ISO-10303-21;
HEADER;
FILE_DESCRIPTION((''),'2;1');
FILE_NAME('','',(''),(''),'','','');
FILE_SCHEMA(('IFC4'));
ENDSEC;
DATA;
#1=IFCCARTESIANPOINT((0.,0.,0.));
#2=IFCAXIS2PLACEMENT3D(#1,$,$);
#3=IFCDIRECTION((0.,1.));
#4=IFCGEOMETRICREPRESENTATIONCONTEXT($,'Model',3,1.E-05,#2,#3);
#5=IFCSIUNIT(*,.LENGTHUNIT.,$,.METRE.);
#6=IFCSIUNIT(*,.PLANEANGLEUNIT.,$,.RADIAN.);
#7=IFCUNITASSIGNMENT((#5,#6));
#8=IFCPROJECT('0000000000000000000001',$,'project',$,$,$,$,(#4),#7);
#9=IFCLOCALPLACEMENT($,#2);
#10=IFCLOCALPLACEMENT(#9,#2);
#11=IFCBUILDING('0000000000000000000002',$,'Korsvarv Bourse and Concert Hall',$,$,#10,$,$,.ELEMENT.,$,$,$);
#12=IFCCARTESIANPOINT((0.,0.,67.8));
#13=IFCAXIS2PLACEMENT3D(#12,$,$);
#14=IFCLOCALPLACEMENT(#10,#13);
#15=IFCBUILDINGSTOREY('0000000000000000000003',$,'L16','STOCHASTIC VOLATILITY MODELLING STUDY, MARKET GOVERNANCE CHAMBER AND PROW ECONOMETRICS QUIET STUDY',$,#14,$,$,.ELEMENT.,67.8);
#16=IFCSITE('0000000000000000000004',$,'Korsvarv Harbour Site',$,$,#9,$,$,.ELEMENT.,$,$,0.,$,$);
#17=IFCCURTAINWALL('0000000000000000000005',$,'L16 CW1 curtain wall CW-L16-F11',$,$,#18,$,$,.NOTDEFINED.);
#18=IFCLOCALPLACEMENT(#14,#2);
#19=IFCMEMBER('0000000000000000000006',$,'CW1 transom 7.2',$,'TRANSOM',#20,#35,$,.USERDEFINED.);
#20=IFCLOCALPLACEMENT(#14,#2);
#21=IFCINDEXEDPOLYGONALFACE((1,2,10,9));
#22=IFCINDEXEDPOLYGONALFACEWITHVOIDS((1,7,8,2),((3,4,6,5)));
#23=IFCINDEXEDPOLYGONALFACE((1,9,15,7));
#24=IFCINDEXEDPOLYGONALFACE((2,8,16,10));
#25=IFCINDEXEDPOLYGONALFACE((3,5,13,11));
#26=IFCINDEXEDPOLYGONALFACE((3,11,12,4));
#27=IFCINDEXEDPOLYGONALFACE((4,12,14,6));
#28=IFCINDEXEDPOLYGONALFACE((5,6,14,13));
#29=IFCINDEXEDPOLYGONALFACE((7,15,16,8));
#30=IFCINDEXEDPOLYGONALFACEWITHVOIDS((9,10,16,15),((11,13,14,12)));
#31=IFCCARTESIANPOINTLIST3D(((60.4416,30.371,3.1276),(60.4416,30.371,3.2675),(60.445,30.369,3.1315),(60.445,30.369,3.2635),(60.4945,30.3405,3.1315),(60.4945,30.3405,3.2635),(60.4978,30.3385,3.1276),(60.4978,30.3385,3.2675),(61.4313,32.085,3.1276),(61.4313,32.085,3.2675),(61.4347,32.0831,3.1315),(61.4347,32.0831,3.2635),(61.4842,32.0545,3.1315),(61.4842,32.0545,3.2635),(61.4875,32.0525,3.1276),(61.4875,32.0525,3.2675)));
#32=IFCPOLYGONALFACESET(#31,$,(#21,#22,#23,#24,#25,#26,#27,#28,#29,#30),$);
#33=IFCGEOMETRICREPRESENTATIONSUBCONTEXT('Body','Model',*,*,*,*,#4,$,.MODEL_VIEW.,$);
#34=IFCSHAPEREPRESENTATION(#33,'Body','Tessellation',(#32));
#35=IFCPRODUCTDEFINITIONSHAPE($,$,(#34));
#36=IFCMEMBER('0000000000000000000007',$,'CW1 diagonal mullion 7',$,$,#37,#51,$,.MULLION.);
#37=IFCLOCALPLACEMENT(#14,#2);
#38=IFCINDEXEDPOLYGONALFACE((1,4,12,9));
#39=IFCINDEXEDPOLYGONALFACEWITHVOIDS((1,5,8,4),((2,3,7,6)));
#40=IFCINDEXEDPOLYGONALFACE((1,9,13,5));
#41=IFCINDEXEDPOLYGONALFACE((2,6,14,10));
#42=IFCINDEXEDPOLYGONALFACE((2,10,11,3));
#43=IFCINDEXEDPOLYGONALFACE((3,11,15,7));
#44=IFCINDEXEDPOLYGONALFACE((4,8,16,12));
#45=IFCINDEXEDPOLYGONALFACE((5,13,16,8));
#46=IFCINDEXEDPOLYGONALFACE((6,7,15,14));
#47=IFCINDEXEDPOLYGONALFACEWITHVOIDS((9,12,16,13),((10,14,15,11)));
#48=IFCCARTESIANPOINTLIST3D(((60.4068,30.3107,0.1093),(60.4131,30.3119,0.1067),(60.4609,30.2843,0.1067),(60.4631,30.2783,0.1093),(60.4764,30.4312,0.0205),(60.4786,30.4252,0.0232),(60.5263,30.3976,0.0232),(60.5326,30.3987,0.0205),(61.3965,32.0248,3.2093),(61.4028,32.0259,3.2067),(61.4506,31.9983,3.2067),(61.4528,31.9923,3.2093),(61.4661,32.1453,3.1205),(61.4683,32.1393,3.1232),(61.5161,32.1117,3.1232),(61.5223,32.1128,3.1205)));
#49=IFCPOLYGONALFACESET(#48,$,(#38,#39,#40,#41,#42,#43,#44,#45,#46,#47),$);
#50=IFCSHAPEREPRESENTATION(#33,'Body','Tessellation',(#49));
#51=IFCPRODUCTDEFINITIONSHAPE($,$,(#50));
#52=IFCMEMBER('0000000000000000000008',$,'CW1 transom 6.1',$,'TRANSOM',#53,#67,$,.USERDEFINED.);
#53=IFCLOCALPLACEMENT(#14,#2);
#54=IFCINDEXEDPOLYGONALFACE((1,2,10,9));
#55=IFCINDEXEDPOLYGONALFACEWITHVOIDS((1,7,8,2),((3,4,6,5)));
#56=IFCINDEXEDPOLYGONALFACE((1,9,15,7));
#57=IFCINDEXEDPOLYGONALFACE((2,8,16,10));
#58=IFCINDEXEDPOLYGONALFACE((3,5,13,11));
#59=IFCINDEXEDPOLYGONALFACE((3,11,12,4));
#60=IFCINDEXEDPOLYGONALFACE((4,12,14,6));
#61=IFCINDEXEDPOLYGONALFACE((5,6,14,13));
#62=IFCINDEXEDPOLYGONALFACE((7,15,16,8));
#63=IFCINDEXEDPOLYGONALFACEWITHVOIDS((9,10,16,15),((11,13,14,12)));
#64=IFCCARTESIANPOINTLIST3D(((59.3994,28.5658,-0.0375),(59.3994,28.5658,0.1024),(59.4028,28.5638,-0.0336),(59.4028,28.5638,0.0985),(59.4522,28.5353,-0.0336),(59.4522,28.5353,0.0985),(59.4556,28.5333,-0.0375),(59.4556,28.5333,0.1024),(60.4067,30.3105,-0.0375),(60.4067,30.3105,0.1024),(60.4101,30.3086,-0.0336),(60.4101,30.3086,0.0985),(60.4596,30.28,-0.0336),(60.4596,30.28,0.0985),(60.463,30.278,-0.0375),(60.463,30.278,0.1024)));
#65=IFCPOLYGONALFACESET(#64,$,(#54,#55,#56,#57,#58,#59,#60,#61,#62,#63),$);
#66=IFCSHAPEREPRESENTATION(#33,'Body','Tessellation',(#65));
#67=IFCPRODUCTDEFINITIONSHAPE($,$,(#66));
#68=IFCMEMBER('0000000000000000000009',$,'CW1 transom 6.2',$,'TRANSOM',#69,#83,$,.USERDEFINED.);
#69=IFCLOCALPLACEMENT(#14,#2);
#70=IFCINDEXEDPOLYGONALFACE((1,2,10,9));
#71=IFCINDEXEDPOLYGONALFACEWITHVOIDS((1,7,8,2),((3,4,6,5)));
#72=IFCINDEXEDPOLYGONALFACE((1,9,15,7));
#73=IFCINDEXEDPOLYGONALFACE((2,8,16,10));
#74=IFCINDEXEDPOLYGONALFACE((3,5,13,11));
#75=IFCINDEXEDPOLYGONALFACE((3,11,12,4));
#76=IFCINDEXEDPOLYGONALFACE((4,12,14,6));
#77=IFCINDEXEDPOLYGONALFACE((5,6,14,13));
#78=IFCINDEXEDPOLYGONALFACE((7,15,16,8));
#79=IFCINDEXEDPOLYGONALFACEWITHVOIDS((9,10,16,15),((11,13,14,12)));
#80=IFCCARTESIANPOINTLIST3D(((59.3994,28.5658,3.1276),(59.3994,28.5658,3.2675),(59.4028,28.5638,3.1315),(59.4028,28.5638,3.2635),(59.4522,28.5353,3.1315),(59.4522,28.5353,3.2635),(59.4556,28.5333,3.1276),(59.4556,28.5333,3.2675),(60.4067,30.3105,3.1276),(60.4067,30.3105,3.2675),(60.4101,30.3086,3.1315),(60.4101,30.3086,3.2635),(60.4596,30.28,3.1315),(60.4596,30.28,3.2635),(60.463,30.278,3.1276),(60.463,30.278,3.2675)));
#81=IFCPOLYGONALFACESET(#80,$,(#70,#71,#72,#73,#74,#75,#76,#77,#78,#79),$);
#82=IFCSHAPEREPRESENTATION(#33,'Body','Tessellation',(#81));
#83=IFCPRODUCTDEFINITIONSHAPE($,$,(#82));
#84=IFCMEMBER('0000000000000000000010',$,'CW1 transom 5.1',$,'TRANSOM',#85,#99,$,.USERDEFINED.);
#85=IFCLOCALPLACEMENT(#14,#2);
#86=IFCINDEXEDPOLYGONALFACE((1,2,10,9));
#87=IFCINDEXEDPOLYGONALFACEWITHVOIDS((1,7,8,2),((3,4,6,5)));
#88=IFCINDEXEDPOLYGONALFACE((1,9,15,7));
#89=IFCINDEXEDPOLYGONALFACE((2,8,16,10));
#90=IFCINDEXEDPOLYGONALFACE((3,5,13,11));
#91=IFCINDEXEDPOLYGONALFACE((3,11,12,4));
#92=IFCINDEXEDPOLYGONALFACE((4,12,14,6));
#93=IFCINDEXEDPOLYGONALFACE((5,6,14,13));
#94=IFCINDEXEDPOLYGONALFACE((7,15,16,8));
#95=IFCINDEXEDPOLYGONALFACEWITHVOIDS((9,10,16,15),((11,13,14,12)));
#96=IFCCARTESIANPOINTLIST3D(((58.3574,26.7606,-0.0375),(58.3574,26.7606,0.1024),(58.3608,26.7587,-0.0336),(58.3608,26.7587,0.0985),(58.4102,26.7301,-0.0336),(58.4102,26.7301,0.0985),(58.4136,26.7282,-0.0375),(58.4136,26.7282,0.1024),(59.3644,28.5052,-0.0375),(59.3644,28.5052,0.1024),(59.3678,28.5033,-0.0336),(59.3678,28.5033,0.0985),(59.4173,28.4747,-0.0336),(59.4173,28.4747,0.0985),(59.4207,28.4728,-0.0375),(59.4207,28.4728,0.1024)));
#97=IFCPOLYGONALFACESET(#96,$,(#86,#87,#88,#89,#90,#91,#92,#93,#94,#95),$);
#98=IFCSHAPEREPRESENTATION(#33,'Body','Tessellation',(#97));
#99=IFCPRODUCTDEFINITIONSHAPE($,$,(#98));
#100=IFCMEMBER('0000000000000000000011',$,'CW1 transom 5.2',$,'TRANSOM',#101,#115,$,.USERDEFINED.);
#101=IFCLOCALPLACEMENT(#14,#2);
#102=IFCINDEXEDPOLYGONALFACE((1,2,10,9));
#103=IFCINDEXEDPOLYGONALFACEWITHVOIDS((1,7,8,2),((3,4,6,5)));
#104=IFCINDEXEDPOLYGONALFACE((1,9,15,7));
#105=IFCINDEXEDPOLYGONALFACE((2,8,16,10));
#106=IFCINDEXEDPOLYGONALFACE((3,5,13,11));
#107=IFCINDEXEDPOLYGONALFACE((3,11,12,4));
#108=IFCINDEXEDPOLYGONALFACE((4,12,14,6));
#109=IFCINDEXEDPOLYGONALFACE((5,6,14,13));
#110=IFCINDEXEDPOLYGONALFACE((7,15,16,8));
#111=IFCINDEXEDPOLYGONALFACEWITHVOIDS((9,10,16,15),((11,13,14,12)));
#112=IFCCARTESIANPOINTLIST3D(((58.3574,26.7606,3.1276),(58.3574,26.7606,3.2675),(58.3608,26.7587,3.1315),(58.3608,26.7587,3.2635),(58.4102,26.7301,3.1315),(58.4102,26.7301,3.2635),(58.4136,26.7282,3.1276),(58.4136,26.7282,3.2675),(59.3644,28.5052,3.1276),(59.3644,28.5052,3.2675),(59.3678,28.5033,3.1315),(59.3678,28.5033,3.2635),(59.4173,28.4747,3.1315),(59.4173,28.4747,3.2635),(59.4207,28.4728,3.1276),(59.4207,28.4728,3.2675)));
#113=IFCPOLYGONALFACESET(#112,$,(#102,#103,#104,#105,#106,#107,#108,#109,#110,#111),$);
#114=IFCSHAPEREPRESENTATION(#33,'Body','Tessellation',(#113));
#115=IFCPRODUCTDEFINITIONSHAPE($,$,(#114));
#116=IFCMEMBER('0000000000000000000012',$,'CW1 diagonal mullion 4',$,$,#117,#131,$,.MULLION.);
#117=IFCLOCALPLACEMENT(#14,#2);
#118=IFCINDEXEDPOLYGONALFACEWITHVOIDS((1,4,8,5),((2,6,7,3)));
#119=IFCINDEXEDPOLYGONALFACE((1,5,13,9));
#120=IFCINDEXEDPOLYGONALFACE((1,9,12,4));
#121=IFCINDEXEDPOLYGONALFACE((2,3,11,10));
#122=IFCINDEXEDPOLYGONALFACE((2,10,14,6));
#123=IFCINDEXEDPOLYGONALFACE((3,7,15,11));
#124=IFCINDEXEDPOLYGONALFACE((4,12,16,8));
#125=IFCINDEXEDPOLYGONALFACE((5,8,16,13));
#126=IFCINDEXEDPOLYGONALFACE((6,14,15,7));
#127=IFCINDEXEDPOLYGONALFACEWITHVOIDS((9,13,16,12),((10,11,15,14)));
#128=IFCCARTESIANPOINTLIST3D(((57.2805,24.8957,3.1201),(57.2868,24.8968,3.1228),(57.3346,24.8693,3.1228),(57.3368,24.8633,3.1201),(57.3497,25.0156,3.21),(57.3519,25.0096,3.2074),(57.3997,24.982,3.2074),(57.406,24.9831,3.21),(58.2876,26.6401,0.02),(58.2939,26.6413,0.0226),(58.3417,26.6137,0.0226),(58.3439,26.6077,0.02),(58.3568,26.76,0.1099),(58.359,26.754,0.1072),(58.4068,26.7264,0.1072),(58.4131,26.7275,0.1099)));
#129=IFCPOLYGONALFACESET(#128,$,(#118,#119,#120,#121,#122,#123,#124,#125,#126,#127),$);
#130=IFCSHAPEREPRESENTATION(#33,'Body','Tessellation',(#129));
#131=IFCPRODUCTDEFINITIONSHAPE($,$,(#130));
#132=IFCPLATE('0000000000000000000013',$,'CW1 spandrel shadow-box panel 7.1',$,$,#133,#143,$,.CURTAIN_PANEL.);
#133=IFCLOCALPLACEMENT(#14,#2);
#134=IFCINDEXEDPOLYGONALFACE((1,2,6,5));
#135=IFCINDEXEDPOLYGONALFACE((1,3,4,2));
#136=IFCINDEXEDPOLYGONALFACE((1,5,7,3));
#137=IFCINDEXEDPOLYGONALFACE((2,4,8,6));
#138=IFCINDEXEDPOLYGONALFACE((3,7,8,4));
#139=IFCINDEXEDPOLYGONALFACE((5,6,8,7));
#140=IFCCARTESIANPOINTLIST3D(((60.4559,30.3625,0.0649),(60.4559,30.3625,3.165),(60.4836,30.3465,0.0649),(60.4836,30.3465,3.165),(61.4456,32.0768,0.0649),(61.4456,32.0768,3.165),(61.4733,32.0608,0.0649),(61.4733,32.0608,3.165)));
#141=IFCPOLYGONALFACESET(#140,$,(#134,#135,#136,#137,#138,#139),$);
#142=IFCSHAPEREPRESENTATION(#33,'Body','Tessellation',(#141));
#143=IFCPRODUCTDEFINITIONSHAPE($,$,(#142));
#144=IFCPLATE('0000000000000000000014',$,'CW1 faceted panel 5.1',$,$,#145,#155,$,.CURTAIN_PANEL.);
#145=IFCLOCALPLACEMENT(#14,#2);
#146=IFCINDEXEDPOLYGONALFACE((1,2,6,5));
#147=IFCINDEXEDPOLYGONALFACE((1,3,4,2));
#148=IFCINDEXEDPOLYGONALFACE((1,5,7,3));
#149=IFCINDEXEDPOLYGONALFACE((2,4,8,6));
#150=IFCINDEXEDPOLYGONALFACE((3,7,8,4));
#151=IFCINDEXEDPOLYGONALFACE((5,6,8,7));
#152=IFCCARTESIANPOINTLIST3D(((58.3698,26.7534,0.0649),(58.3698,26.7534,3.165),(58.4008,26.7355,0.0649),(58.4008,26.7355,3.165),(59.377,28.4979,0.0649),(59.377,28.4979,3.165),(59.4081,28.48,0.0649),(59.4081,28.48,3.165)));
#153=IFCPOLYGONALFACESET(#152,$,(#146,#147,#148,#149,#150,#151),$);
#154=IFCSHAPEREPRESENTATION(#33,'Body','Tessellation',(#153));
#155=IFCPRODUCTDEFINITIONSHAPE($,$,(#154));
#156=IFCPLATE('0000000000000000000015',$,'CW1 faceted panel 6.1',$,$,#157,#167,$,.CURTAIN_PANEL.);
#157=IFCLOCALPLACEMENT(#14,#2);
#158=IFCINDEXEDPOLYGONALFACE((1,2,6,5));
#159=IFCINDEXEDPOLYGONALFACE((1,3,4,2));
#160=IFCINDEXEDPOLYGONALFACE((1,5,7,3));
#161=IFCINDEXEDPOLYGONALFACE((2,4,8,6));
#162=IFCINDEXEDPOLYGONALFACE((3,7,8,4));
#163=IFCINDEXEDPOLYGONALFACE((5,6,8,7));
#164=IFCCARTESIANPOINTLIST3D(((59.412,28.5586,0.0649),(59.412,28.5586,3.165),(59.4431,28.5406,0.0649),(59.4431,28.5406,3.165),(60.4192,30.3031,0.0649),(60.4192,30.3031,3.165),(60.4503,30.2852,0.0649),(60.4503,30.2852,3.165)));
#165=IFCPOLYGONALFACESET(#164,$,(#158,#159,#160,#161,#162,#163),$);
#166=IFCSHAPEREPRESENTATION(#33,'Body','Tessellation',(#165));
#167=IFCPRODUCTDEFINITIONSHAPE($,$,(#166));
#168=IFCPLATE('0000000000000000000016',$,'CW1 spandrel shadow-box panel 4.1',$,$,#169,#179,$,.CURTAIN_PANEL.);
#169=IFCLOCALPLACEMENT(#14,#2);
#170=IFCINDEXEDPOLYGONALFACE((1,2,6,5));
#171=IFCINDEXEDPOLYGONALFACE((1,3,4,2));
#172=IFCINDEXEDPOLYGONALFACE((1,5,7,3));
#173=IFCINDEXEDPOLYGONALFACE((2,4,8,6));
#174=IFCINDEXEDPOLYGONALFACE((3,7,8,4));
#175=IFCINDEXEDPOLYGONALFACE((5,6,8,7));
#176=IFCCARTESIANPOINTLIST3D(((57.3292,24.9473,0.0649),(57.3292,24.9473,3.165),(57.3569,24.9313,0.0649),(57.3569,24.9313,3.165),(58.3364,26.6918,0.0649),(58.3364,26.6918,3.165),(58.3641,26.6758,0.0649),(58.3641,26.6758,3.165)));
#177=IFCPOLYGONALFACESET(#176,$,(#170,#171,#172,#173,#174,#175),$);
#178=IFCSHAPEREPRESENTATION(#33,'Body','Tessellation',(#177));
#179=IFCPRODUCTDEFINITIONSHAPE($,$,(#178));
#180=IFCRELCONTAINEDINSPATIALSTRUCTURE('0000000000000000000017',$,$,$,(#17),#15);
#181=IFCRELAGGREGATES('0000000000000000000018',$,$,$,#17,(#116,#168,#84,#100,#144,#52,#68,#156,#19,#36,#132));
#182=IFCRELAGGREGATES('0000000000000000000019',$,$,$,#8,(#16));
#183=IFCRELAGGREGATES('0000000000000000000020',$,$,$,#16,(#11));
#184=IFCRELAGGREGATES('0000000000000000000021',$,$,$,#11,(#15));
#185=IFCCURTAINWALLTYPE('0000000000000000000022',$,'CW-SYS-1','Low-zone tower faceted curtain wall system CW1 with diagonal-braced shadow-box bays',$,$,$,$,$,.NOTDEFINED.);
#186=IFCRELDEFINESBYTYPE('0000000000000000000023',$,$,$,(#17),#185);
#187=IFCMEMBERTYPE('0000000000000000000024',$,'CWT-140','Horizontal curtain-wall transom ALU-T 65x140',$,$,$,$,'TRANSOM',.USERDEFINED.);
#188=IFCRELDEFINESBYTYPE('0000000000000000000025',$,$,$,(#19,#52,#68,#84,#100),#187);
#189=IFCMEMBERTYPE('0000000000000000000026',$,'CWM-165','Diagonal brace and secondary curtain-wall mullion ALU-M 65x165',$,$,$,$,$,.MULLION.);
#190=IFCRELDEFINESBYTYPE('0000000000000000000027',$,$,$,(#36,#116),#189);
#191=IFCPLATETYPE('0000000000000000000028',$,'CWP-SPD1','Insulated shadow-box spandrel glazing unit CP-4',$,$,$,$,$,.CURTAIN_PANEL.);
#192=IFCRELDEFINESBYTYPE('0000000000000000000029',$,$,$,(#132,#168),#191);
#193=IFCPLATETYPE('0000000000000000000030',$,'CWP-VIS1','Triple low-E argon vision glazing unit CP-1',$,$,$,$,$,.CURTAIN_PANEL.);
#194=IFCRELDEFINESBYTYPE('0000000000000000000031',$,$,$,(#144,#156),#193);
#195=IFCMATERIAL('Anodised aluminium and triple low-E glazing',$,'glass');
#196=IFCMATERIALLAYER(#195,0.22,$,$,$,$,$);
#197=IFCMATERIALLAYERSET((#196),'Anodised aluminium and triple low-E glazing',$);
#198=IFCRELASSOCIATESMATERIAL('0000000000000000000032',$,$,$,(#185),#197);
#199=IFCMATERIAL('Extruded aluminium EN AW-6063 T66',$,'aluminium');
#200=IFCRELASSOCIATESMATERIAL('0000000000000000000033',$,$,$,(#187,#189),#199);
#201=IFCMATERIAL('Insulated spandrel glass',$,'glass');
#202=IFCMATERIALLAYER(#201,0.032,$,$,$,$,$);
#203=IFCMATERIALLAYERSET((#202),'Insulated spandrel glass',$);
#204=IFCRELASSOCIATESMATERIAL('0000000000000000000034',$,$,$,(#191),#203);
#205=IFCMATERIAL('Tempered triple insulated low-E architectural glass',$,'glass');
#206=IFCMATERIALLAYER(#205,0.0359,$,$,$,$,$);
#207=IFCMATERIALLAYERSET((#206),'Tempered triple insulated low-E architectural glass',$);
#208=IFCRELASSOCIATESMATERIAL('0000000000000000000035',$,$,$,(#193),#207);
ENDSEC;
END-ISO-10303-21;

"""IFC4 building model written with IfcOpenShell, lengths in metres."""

from ifc_helpers import new_model, si_unit, direction, frame, origin, origin_2d, place, context, subcontext, project, spatial, rectangle, hollow_rectangle, extrude, source, transform, mapped, material, layer, layer_set, material_profile, profile_set, type_object, element, aggregate, save


model = new_model("IFC4")

# Units and contexts
model_context = context("Model", 3, precision=1e-05, world=origin(), true_north=direction((0.0, 1.0)))
body_context = subcontext(model_context, "Body", "Model", "MODEL_VIEW")
ifc_project = project(units=[si_unit("LENGTHUNIT", "METRE"), si_unit("PLANEANGLEUNIT", "RADIAN")], contexts=[model_context])

# Site, building, storey
site_placement = place(None, origin())
site = spatial("IfcSite", under=ifc_project, at=site_placement, Name="Korsvarv Harbour Site", CompositionType="ELEMENT", RefElevation=0.0)
building_placement = place(site_placement, origin())
building = spatial("IfcBuilding", under=site, at=building_placement, Name="Korsvarv Bourse and Concert Hall", CompositionType="ELEMENT")
storey_placement = place(building_placement, frame((0.0, 0.0, 67.8)))
storey = spatial("IfcBuildingStorey", under=building, at=storey_placement, Name="L16", Description="STOCHASTIC VOLATILITY MODELLING STUDY, MARKET GOVERNANCE CHAMBER AND PROW ECONOMETRICS QUIET STUDY", CompositionType="ELEMENT", Elevation=67.8)

# Curtain wall, members, plates
ifc_material_1 = material(Name="Anodised aluminium and triple low-E glazing", Category="glass")
ifc_layer_1 = layer(ifc_material_1, 0.22)
ifc_layer_set_1 = layer_set([ifc_layer_1], Name="Anodised aluminium and triple low-E glazing")
curtain_wall_type = type_object("IfcCurtainWallType", Name="CW-SYS-1", Description="Low-zone tower faceted curtain wall system CW1 with diagonal-braced shadow-box bays", PredefinedType="NOTDEFINED", material=ifc_layer_set_1)
curtain_wall_placement = place(storey_placement, origin())
curtain_wall = element("IfcCurtainWall", 1, at=curtain_wall_placement, inside=storey, type_object=curtain_wall_type, Name="L16 CW1 curtain wall CW-L16-F11", PredefinedType="NOTDEFINED")
ifc_material_2 = material(Name="Extruded aluminium EN AW-6063 T66", Category="aluminium")
ifc_material_profile_1 = material_profile(ifc_material_2, hollow_rectangle(XDim=0.0649, YDim=0.1399, WallThickness=0.0039, at=origin_2d()), Name="ALU-T 65x140")
ifc_profile_set_1 = profile_set([ifc_material_profile_1], Name="Extruded aluminium EN AW-6063 T66")
member_type_1 = type_object("IfcMemberType", Name="CWT-140", Description="Horizontal curtain-wall transom ALU-T 65x140", ElementType="TRANSOM", PredefinedType="USERDEFINED", material=ifc_profile_set_1)
shared_shape_1 = source(origin(), body_context, "Body", "SweptSolid", [
    extrude(hollow_rectangle(XDim=0.0649, YDim=0.1399, WallThickness=0.0039, at=origin_2d()), origin(), (0.0, 0.0, 1.0), 1.9792),
])
member_1_placement = place(storey_placement, frame((60.4697, 30.3547, 3.1975), z_axis=(0.500039, 0.866003, 0.0), x_axis=(-0.866003, 0.500039, 0.0)))
member_1 = element("IfcMember", 2, at=member_1_placement, type_object=member_type_1, Name="CW1 transom 7.2", ObjectType="TRANSOM", PredefinedType="USERDEFINED", context=body_context, shape_type="MappedRepresentation", body=[
    mapped(shared_shape_1, transform((0.0, 0.0, 0.0), scale=1.0)),
])
ifc_material_profile_2 = material_profile(ifc_material_2, hollow_rectangle(XDim=0.0649, YDim=0.165, WallThickness=0.0049, at=origin_2d()), Name="ALU-M 65x165")
ifc_profile_set_2 = profile_set([ifc_material_profile_2], Name="Extruded aluminium EN AW-6063 T66")
member_type_2 = type_object("IfcMemberType", Name="CWM-165", Description="Diagonal brace and secondary curtain-wall mullion ALU-M 65x165", PredefinedType="MULLION", material=ifc_profile_set_2)
shared_shape_2 = source(origin(), body_context, "Body", "SweptSolid", [
    extrude(hollow_rectangle(XDim=0.0649, YDim=0.165, WallThickness=0.0049, at=origin_2d()), origin(), (0.0, 0.0, 1.0), 3.678),
])
member_2_placement = place(storey_placement, frame((60.4697, 30.3547, 0.0649), z_axis=(0.269092, 0.466032, 0.842854), x_axis=(-0.866003, 0.500039, 0.0)))
member_2 = element("IfcMember", 3, at=member_2_placement, type_object=member_type_2, Name="CW1 diagonal mullion 7", PredefinedType="MULLION", context=body_context, shape_type="MappedRepresentation", body=[
    mapped(shared_shape_2, transform((0.0, 0.0, 0.0), scale=1.0)),
])
shared_shape_3 = source(origin(), body_context, "Body", "SweptSolid", [
    extrude(hollow_rectangle(XDim=0.0649, YDim=0.1399, WallThickness=0.0039, at=origin_2d()), origin(), (0.0, 0.0, 1.0), 2.0146),
])
member_3_placement = place(storey_placement, frame((59.4275, 28.5496, 0.0325), z_axis=(0.500023, 0.866012, 0.0), x_axis=(-0.866012, 0.500023, 0.0)))
member_3 = element("IfcMember", 4, at=member_3_placement, type_object=member_type_1, Name="CW1 transom 6.1", ObjectType="TRANSOM", PredefinedType="USERDEFINED", context=body_context, shape_type="MappedRepresentation", body=[
    mapped(shared_shape_3, transform((0.0, 0.0, 0.0), scale=1.0)),
])
member_4_placement = place(storey_placement, frame((59.4275, 28.5496, 3.1975), z_axis=(0.500023, 0.866012, 0.0), x_axis=(-0.866012, 0.500023, 0.0)))
member_4 = element("IfcMember", 5, at=member_4_placement, type_object=member_type_1, Name="CW1 transom 6.2", ObjectType="TRANSOM", PredefinedType="USERDEFINED", context=body_context, shape_type="MappedRepresentation", body=[
    mapped(shared_shape_3, transform((0.0, 0.0, 0.0), scale=1.0)),
])
shared_shape_4 = source(origin(), body_context, "Body", "SweptSolid", [
    extrude(hollow_rectangle(XDim=0.0649, YDim=0.1399, WallThickness=0.0039, at=origin_2d()), origin(), (0.0, 0.0, 1.0), 2.0144),
])
member_5_placement = place(storey_placement, frame((58.3855, 26.7444, 0.0325), z_axis=(0.499932, 0.866064, 0.0), x_axis=(-0.866064, 0.499932, 0.0)))
member_5 = element("IfcMember", 6, at=member_5_placement, type_object=member_type_1, Name="CW1 transom 5.1", ObjectType="TRANSOM", PredefinedType="USERDEFINED", context=body_context, shape_type="MappedRepresentation", body=[
    mapped(shared_shape_4, transform((0.0, 0.0, 0.0), scale=1.0)),
])
member_6_placement = place(storey_placement, frame((58.3855, 26.7444, 3.1975), z_axis=(0.499932, 0.866064, 0.0), x_axis=(-0.866064, 0.499932, 0.0)))
member_6 = element("IfcMember", 7, at=member_6_placement, type_object=member_type_1, Name="CW1 transom 5.2", ObjectType="TRANSOM", PredefinedType="USERDEFINED", context=body_context, shape_type="MappedRepresentation", body=[
    mapped(shared_shape_4, transform((0.0, 0.0, 0.0), scale=1.0)),
])
shared_shape_5 = source(origin(), body_context, "Body", "SweptSolid", [
    extrude(hollow_rectangle(XDim=0.0649, YDim=0.165, WallThickness=0.0049, at=origin_2d()), origin(), (0.0, 0.0, 1.0), 3.697),
])
member_7_placement = place(storey_placement, frame((58.3503, 26.6838, 0.0649), z_axis=(-0.272406, -0.47184, 0.838548), x_axis=(0.866034, -0.499985, 0.0)))
member_7 = element("IfcMember", 8, at=member_7_placement, type_object=member_type_2, Name="CW1 diagonal mullion 4", PredefinedType="MULLION", context=body_context, shape_type="MappedRepresentation", body=[
    mapped(shared_shape_5, transform((0.0, 0.0, 0.0), scale=1.0)),
])
ifc_material_3 = material(Name="Insulated spandrel glass", Category="glass")
ifc_layer_2 = layer(ifc_material_3, 0.032)
ifc_layer_set_2 = layer_set([ifc_layer_2], Name="Insulated spandrel glass")
plate_type_1 = type_object("IfcPlateType", Name="CWP-SPD1", Description="Insulated shadow-box spandrel glazing unit CP-4", PredefinedType="CURTAIN_PANEL", material=ifc_layer_set_2)
shared_shape_6 = source(origin(), body_context, "Body", "SweptSolid", [
    extrude(rectangle(XDim=1.9795, YDim=0.032, at=origin_2d()), origin(), (0.0, 0.0, 1.0), 3.1001),
])
plate_1_placement = place(storey_placement, frame((60.9646, 31.2117, 0.0649), z_axis=(0.0, 0.0, 1.0), x_axis=(0.500006, 0.866022, 0.0)))
plate_1 = element("IfcPlate", 9, at=plate_1_placement, type_object=plate_type_1, Name="CW1 spandrel shadow-box panel 7.1", PredefinedType="CURTAIN_PANEL", context=body_context, shape_type="MappedRepresentation", body=[
    mapped(shared_shape_6, transform((0.0, 0.0, 0.0), scale=1.0)),
])
ifc_material_4 = material(Name="Tempered triple insulated low-E architectural glass", Category="glass")
ifc_layer_3 = layer(ifc_material_4, 0.0359)
ifc_layer_set_3 = layer_set([ifc_layer_3], Name="Tempered triple insulated low-E architectural glass")
plate_type_2 = type_object("IfcPlateType", Name="CWP-VIS1", Description="Triple low-E argon vision glazing unit CP-1", PredefinedType="CURTAIN_PANEL", material=ifc_layer_set_3)
shared_shape_7 = source(origin(), body_context, "Body", "SweptSolid", [
    extrude(rectangle(XDim=2.0144, YDim=0.0359, at=origin_2d()), origin(), (0.0, 0.0, 1.0), 3.1001),
])
plate_2_placement = place(storey_placement, frame((58.8889, 27.6167, 0.0649), z_axis=(0.0, 0.0, 1.0), x_axis=(0.500006, 0.866022, 0.0)))
plate_2 = element("IfcPlate", 10, at=plate_2_placement, type_object=plate_type_2, Name="CW1 faceted panel 5.1", PredefinedType="CURTAIN_PANEL", context=body_context, shape_type="MappedRepresentation", body=[
    mapped(shared_shape_7, transform((0.0, 0.0, 0.0), scale=1.0)),
])
plate_3_placement = place(storey_placement, frame((59.9312, 29.4219, 0.0649), z_axis=(0.0, 0.0, 1.0), x_axis=(0.500006, 0.866022, 0.0)))
plate_3 = element("IfcPlate", 11, at=plate_3_placement, type_object=plate_type_2, Name="CW1 faceted panel 6.1", PredefinedType="CURTAIN_PANEL", context=body_context, shape_type="MappedRepresentation", body=[
    mapped(shared_shape_7, transform((0.0, 0.0, 0.0), scale=1.0)),
])
shared_shape_8 = source(origin(), body_context, "Body", "SweptSolid", [
    extrude(rectangle(XDim=2.0144, YDim=0.032, at=origin_2d()), origin(), (0.0, 0.0, 1.0), 3.1001),
])
plate_4_placement = place(storey_placement, frame((57.8467, 25.8115, 0.0649), z_axis=(0.0, 0.0, 1.0), x_axis=(0.500006, 0.866022, 0.0)))
plate_4 = element("IfcPlate", 12, at=plate_4_placement, type_object=plate_type_1, Name="CW1 spandrel shadow-box panel 4.1", PredefinedType="CURTAIN_PANEL", context=body_context, shape_type="MappedRepresentation", body=[
    mapped(shared_shape_8, transform((0.0, 0.0, 0.0), scale=1.0)),
])
aggregate(curtain_wall, [member_7, plate_4, member_5, member_6, plate_2, member_3, member_4, plate_3, member_1, member_2, plate_1])

save(model, "model.ifc")
